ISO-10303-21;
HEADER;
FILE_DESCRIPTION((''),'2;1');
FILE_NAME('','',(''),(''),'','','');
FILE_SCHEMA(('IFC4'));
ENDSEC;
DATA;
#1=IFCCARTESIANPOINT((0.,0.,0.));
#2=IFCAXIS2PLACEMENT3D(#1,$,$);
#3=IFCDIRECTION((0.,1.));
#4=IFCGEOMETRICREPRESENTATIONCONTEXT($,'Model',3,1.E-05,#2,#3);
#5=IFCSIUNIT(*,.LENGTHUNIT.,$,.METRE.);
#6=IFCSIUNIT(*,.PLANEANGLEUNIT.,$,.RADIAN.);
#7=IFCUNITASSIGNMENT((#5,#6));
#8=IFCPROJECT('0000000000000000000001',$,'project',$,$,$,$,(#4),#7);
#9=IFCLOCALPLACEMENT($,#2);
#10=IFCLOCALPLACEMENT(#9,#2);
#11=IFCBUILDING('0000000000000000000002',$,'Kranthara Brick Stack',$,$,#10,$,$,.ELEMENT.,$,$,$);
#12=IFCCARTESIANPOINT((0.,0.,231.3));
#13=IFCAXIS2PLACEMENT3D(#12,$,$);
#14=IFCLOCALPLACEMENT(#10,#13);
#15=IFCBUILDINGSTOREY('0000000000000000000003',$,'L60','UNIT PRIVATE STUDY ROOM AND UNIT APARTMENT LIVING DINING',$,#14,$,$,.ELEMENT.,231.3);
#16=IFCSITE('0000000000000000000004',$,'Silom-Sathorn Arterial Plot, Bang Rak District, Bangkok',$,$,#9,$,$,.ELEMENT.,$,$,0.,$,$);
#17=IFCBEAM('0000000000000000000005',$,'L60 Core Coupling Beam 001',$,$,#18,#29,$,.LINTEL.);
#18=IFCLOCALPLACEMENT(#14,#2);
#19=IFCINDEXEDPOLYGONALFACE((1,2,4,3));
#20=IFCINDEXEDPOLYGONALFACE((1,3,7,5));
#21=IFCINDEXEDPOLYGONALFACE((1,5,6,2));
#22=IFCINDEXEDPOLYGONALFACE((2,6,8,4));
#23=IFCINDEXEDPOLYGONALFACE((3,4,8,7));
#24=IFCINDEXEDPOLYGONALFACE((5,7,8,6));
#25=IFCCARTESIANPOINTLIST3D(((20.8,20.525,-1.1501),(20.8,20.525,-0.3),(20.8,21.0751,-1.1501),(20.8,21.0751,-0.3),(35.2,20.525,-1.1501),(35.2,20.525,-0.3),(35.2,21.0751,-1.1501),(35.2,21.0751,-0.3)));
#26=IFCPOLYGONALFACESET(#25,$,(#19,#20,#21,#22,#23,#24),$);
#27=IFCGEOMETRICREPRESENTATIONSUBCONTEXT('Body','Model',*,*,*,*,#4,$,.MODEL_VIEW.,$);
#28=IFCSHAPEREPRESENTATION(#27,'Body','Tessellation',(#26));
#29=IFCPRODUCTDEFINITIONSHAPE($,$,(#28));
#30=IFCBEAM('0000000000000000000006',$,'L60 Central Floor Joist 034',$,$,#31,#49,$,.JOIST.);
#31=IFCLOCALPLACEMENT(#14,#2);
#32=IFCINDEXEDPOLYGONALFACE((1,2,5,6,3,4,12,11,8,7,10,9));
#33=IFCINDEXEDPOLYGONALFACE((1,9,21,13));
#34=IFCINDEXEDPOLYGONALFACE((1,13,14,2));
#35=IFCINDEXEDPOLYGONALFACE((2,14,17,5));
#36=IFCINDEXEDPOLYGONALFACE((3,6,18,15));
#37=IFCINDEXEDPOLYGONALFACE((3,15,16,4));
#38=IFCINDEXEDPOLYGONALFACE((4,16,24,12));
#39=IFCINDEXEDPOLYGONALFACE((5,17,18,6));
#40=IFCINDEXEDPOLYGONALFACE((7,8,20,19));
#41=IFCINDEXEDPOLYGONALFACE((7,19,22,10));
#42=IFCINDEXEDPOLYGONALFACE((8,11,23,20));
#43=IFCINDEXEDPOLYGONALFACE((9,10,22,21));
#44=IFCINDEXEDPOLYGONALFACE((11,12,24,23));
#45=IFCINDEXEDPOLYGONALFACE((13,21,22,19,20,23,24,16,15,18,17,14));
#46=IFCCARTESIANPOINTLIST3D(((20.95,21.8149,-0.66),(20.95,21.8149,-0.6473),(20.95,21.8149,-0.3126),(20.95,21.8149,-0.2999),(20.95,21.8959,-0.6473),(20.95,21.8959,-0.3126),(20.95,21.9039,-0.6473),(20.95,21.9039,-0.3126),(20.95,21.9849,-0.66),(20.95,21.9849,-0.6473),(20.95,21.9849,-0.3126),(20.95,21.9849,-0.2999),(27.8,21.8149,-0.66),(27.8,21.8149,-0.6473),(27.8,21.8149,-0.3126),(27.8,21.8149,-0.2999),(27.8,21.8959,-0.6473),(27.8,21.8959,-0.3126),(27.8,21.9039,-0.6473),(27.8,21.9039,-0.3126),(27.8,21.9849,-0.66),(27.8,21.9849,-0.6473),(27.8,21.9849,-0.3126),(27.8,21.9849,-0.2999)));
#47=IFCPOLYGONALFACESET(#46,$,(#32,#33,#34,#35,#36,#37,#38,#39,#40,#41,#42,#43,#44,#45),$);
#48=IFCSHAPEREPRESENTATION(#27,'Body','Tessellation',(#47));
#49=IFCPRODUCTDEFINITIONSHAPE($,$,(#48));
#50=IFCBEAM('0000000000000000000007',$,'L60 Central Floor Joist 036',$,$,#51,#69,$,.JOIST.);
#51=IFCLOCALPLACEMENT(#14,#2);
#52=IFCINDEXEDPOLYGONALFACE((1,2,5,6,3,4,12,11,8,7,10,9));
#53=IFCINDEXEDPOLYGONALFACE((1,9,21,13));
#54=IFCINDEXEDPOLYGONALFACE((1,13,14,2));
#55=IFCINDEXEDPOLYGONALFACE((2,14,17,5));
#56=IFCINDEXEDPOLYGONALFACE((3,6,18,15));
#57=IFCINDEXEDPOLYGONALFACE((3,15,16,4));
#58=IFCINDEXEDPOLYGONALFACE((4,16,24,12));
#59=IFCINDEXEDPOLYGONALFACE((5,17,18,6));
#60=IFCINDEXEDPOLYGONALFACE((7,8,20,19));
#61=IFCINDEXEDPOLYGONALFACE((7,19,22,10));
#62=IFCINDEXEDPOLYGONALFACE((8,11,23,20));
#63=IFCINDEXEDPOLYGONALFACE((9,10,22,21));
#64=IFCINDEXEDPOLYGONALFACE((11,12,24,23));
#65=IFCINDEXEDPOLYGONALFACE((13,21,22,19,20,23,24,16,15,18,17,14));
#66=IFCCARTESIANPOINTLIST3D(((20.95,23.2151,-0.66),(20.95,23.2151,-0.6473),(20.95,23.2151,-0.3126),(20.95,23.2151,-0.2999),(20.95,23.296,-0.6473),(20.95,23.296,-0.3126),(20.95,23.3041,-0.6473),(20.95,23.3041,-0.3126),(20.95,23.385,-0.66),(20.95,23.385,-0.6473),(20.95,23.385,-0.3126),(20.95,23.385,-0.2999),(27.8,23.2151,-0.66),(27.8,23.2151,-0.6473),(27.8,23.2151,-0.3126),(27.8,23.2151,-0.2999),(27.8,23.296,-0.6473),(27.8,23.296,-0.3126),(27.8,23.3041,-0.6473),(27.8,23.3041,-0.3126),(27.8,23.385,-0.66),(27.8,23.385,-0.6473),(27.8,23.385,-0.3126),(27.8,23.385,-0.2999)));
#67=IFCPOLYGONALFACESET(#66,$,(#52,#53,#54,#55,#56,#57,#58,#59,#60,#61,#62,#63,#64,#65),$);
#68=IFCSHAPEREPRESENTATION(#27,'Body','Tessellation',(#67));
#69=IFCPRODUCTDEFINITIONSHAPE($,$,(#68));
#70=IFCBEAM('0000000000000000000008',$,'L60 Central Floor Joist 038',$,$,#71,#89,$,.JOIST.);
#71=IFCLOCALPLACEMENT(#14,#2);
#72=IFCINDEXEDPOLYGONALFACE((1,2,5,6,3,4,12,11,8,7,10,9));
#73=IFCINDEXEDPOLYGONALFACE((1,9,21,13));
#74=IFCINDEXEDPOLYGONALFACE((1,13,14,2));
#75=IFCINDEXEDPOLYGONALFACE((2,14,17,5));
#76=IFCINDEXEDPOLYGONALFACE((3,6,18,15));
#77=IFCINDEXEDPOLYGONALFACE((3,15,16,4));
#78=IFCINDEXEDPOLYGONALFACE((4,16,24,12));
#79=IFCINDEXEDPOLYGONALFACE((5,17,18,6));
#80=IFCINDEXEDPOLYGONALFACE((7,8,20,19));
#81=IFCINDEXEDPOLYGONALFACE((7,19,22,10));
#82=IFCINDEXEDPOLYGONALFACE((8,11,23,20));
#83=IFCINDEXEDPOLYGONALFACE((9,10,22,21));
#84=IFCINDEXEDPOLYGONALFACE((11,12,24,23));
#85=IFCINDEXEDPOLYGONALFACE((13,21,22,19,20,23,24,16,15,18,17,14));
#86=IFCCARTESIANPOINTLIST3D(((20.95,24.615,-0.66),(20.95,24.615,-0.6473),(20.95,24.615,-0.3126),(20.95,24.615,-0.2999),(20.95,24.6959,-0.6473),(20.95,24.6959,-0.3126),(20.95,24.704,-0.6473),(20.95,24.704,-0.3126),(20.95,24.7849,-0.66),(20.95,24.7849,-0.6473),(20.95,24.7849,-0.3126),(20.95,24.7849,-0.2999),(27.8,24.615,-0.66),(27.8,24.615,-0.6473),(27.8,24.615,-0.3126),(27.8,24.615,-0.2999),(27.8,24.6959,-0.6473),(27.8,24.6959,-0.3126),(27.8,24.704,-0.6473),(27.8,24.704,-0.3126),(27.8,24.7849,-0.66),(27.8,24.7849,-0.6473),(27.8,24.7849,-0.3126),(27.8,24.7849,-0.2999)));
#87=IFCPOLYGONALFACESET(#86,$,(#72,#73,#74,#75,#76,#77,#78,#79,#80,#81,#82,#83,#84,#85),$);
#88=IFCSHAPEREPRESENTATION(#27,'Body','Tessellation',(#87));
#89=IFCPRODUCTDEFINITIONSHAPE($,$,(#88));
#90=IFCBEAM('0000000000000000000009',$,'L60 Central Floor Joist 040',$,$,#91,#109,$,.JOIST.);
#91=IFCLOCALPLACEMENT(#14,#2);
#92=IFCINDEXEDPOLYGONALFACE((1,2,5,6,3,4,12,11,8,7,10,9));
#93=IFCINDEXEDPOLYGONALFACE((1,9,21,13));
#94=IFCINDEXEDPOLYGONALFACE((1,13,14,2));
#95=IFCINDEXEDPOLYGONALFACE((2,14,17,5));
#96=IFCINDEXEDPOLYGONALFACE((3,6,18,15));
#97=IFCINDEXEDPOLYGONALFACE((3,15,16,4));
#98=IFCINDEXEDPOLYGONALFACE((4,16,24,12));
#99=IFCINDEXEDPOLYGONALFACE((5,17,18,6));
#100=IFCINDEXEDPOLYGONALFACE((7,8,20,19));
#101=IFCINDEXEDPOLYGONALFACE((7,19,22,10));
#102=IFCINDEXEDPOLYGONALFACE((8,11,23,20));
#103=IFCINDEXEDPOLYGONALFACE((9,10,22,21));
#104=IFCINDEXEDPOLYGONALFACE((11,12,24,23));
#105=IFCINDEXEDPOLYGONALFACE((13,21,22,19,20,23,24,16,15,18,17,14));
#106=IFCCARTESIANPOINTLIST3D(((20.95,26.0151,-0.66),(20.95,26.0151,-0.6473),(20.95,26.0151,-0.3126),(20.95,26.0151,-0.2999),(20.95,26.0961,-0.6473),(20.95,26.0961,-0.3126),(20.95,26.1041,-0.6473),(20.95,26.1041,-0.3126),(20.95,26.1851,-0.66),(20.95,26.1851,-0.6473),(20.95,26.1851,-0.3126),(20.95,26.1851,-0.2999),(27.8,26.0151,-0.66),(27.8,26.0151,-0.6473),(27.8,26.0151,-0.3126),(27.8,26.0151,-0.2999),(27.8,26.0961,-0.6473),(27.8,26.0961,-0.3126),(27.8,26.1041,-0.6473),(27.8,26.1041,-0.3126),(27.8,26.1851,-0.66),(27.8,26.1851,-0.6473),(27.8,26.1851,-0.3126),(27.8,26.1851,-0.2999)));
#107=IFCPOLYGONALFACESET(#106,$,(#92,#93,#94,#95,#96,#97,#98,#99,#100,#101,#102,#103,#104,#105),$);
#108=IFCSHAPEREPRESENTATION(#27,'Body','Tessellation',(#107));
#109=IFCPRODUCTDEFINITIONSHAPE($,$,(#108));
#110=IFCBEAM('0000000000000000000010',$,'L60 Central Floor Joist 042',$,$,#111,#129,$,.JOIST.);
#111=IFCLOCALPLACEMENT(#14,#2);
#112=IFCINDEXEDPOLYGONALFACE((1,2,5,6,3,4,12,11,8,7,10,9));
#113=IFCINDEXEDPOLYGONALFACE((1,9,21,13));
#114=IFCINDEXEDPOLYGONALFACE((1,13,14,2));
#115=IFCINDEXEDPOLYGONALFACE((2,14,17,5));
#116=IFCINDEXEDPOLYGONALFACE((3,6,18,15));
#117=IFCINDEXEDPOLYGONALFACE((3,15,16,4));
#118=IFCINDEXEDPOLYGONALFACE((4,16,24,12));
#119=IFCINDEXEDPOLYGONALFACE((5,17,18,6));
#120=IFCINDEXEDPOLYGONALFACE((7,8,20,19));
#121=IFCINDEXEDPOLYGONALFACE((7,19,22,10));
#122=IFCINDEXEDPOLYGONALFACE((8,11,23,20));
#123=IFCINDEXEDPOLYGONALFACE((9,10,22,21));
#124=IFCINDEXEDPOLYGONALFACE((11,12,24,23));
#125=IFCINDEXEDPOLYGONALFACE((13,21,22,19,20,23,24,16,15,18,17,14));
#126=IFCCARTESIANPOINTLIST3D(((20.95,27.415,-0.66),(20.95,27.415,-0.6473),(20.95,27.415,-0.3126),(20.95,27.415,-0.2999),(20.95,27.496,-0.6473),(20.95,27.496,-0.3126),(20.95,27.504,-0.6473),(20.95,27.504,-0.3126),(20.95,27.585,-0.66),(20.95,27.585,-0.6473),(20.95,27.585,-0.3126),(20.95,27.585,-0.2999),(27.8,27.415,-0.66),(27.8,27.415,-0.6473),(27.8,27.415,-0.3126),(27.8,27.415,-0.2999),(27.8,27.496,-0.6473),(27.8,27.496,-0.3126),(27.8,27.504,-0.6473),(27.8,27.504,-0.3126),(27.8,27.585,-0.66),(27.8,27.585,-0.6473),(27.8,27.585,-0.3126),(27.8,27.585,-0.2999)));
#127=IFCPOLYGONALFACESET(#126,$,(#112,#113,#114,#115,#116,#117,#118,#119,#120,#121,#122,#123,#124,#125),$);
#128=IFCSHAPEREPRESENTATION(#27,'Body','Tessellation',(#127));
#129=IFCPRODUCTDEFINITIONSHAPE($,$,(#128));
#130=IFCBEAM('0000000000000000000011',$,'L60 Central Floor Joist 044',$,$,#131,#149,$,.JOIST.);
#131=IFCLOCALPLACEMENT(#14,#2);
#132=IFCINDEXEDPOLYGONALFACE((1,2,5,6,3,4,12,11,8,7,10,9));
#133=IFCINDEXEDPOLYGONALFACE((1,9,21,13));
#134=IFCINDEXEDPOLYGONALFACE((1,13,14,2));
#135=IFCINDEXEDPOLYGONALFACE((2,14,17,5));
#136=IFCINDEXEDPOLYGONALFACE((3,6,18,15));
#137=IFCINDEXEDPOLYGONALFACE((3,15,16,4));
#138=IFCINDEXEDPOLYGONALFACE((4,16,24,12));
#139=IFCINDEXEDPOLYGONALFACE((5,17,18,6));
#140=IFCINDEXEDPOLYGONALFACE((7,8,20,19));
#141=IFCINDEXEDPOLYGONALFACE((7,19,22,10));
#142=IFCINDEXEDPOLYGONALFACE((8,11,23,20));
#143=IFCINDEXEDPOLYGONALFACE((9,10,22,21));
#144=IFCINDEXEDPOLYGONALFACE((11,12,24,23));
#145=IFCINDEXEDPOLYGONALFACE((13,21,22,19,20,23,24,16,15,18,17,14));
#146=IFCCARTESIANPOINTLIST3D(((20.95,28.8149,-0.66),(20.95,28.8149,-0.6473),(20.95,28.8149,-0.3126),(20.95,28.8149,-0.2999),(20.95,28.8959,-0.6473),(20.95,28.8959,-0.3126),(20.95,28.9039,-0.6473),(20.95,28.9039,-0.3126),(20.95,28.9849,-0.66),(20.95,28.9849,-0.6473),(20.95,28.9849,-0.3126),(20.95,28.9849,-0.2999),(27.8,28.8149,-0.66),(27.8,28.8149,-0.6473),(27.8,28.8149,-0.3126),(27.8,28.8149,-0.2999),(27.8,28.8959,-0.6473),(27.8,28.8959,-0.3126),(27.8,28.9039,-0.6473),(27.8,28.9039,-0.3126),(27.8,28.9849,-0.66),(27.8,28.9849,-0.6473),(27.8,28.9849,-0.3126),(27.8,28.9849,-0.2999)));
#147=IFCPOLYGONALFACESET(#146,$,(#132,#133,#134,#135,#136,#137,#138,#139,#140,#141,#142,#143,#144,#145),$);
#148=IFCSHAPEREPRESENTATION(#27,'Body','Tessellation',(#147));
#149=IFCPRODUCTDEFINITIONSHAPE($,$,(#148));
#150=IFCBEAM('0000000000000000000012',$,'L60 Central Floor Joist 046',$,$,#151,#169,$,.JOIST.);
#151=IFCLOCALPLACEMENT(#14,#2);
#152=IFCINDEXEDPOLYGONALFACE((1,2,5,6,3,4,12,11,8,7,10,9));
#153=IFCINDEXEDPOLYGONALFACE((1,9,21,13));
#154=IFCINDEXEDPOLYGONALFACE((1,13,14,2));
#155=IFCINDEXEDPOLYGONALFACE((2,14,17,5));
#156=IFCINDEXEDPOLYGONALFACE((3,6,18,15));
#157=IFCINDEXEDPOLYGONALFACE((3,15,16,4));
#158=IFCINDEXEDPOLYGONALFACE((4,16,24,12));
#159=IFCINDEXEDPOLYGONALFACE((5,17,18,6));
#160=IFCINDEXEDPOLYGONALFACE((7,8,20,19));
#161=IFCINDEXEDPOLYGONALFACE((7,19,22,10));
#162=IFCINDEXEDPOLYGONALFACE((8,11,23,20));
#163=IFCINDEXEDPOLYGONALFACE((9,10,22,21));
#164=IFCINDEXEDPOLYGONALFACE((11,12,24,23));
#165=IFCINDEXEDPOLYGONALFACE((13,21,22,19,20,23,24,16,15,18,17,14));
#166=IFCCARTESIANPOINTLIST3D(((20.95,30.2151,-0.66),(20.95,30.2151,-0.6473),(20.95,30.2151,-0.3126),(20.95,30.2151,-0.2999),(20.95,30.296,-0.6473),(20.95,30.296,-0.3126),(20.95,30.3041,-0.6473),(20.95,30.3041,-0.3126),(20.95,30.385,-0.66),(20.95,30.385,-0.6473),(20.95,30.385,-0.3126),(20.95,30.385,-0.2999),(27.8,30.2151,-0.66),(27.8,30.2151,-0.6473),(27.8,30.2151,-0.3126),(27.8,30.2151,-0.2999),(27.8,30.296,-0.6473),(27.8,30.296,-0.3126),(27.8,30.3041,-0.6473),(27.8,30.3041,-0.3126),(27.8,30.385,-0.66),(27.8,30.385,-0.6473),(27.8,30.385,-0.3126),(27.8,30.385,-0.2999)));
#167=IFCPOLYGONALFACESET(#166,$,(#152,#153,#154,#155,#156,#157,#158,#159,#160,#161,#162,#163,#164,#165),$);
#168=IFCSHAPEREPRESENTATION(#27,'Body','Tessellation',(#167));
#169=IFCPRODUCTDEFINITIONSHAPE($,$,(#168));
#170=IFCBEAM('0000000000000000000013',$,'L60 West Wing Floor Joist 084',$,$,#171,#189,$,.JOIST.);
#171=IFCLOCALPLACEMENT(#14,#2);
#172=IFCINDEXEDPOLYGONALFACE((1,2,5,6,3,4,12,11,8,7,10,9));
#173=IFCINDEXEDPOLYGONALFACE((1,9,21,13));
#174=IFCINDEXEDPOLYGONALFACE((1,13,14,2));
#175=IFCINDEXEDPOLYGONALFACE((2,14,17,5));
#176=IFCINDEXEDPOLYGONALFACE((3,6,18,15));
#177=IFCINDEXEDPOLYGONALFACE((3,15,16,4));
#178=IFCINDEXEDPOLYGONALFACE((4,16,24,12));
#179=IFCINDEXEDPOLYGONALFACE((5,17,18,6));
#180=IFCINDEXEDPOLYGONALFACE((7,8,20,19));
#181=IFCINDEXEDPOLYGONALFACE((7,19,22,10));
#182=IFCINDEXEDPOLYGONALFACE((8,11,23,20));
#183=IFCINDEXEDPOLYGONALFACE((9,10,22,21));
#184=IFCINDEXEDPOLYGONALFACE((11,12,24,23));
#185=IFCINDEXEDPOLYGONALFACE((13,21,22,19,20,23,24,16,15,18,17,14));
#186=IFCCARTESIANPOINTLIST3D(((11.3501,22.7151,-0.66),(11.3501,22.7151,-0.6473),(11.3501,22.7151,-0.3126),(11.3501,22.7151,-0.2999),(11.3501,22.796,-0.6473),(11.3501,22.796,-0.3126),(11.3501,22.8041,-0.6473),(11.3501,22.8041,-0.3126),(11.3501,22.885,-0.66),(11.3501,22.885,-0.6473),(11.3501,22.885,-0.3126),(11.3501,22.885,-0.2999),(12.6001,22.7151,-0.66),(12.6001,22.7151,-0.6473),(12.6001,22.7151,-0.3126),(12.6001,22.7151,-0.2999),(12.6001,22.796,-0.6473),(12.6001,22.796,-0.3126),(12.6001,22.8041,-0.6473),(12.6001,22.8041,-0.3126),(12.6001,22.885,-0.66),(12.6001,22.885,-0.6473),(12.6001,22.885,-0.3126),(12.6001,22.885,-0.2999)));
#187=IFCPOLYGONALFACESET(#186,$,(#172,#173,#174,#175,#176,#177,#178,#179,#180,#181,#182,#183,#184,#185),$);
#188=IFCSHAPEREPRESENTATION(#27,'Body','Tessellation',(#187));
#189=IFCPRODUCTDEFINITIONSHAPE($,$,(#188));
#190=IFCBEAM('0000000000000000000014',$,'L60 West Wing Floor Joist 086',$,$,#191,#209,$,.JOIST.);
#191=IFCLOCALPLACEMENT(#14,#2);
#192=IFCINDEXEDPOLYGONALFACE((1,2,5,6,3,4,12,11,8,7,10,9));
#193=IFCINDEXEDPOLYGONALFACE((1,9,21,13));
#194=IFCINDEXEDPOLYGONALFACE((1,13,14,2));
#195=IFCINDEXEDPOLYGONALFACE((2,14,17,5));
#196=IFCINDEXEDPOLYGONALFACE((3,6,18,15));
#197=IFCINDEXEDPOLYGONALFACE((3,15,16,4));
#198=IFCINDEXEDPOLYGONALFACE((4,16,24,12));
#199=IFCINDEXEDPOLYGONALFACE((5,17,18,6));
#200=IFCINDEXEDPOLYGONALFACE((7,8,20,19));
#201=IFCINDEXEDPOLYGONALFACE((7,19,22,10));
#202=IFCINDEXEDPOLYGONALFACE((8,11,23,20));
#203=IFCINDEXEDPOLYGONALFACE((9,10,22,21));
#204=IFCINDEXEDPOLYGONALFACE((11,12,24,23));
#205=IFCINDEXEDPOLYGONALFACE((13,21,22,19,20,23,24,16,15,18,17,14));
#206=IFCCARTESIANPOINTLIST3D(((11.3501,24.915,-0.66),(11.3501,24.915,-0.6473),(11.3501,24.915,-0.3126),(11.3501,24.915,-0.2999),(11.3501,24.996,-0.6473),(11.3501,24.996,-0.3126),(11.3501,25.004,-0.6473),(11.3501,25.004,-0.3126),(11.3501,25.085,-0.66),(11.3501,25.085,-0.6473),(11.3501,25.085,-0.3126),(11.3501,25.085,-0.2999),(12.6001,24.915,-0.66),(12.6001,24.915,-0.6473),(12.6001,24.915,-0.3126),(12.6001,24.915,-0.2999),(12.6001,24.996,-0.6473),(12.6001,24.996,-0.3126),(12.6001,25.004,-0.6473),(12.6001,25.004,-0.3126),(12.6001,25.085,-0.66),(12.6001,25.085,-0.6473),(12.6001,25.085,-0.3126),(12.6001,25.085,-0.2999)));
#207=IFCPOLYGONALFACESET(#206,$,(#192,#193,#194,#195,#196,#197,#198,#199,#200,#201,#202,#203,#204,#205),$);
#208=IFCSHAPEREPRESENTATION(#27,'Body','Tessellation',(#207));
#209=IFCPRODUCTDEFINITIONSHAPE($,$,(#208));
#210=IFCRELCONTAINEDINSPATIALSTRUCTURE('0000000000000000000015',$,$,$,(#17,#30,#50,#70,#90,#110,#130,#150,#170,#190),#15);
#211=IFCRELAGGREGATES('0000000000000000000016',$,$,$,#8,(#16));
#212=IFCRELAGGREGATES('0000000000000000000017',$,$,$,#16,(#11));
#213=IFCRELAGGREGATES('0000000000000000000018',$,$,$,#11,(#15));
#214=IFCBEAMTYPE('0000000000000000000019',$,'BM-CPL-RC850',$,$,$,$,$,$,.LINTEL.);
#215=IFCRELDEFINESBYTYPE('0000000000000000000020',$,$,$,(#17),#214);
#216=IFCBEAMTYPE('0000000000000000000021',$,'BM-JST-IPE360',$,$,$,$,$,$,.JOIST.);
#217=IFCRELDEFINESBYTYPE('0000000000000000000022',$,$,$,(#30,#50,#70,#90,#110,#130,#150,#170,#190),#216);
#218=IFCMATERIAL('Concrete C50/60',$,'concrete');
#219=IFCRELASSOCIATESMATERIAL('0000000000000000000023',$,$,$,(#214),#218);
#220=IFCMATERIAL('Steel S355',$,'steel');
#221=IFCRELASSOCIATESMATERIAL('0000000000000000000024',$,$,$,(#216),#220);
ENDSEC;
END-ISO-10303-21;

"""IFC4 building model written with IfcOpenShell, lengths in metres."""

from ifc_helpers import new_model, si_unit, direction, frame, origin, origin_2d, place, context, subcontext, project, spatial, rectangle, i_section, extrude, material, material_profile, profile_set, type_object, element, save


model = new_model("IFC4")

# Units and contexts
model_context = context("Model", 3, precision=1e-05, world=origin(), true_north=direction((0.0, 1.0)))
body_context = subcontext(model_context, "Body", "Model", "MODEL_VIEW")
ifc_project = project(units=[si_unit("LENGTHUNIT", "METRE"), si_unit("PLANEANGLEUNIT", "RADIAN")], contexts=[model_context])

# Site, building, storey
site_placement = place(None, origin())
site = spatial("IfcSite", under=ifc_project, at=site_placement, Name="Silom-Sathorn Arterial Plot, Bang Rak District, Bangkok", CompositionType="ELEMENT", RefElevation=0.0)
building_placement = place(site_placement, origin())
building = spatial("IfcBuilding", under=site, at=building_placement, Name="Kranthara Brick Stack", CompositionType="ELEMENT")
storey_placement = place(building_placement, frame((0.0, 0.0, 231.3)))
storey = spatial("IfcBuildingStorey", under=building, at=storey_placement, Name="L60", Description="UNIT PRIVATE STUDY ROOM AND UNIT APARTMENT LIVING DINING", CompositionType="ELEMENT", Elevation=231.3)

# Beams
ifc_material_1 = material(Name="Concrete C50/60", Category="concrete")
ifc_material_profile_1 = material_profile(ifc_material_1, rectangle(XDim=0.55, YDim=0.8501, at=origin_2d()), Name="RC 550x850")
ifc_profile_set_1 = profile_set([ifc_material_profile_1], Name="Concrete C50/60")
beam_type_1 = type_object("IfcBeamType", Name="BM-CPL-RC850", PredefinedType="LINTEL", material=ifc_profile_set_1)
beam_1_placement = place(storey_placement, frame((20.8, 20.8, -0.7251), z_axis=(1.0, 0.0, 0.0), x_axis=(0.0, 1.0, 0.0)))
element("IfcBeam", 1, at=beam_1_placement, inside=storey, type_object=beam_type_1, Name="L60 Core Coupling Beam 001", PredefinedType="LINTEL", context=body_context, shape_type="SweptSolid", body=[
    extrude(rectangle(XDim=0.55, YDim=0.8501, at=origin_2d()), origin(), (0.0, 0.0, 1.0), 14.3999),
])
ifc_material_2 = material(Name="Steel S355", Category="steel")
ifc_material_profile_2 = material_profile(ifc_material_2, i_section(OverallWidth=0.1699, OverallDepth=0.3601, WebThickness=0.0081, FlangeThickness=0.0127, at=origin_2d()), Name="IPE 360")
ifc_profile_set_2 = profile_set([ifc_material_profile_2], Name="Steel S355")
beam_type_2 = type_object("IfcBeamType", Name="BM-JST-IPE360", PredefinedType="JOIST", material=ifc_profile_set_2)
for number, where, z_axis, x_axis, name in (
    (2, (20.95, 21.8999, -0.48), (1.0, 0.0, 0.0), (0.0, 1.0, 0.0), "L60 Central Floor Joist 034"),
    (3, (20.95, 23.3, -0.48), (1.0, 0.0, 0.0), (0.0, 1.0, 0.0), "L60 Central Floor Joist 036"),
    (4, (20.95, 24.7, -0.48), (1.0, 0.0, 0.0), (0.0, 1.0, 0.0), "L60 Central Floor Joist 038"),
    (5, (20.95, 26.1001, -0.48), (1.0, 0.0, 0.0), (0.0, 1.0, 0.0), "L60 Central Floor Joist 040"),
    (6, (20.95, 27.5, -0.48), (1.0, 0.0, 0.0), (0.0, 1.0, 0.0), "L60 Central Floor Joist 042"),
    (7, (20.95, 28.8999, -0.48), (1.0, 0.0, 0.0), (0.0, 1.0, 0.0), "L60 Central Floor Joist 044"),
    (8, (20.95, 30.3, -0.48), (1.0, 0.0, 0.0), (0.0, 1.0, 0.0), "L60 Central Floor Joist 046"),
):
    element("IfcBeam", number, at=place(storey_placement, frame(where, z_axis=z_axis, x_axis=x_axis)), inside=storey, type_object=beam_type_2, Name=name, PredefinedType="JOIST", context=body_context, shape_type="SweptSolid", body=[
        extrude(i_section(OverallWidth=0.1699, OverallDepth=0.3601, WebThickness=0.0081, FlangeThickness=0.0127, at=origin_2d()), origin(), (0.0, 0.0, 1.0), 6.8501),
    ])
for number, where, z_axis, x_axis, name in (
    (9, (11.3501, 22.8, -0.48), (1.0, 0.0, 0.0), (0.0, 1.0, 0.0), "L60 West Wing Floor Joist 084"),
    (10, (11.3501, 25.0, -0.48), (1.0, 0.0, 0.0), (0.0, 1.0, 0.0), "L60 West Wing Floor Joist 086"),
):
    element("IfcBeam", number, at=place(storey_placement, frame(where, z_axis=z_axis, x_axis=x_axis)), inside=storey, type_object=beam_type_2, Name=name, PredefinedType="JOIST", context=body_context, shape_type="SweptSolid", body=[
        extrude(i_section(OverallWidth=0.1699, OverallDepth=0.3601, WebThickness=0.0081, FlangeThickness=0.0127, at=origin_2d()), origin(), (0.0, 0.0, 1.0), 1.25),
    ])

save(model, "model.ifc")
